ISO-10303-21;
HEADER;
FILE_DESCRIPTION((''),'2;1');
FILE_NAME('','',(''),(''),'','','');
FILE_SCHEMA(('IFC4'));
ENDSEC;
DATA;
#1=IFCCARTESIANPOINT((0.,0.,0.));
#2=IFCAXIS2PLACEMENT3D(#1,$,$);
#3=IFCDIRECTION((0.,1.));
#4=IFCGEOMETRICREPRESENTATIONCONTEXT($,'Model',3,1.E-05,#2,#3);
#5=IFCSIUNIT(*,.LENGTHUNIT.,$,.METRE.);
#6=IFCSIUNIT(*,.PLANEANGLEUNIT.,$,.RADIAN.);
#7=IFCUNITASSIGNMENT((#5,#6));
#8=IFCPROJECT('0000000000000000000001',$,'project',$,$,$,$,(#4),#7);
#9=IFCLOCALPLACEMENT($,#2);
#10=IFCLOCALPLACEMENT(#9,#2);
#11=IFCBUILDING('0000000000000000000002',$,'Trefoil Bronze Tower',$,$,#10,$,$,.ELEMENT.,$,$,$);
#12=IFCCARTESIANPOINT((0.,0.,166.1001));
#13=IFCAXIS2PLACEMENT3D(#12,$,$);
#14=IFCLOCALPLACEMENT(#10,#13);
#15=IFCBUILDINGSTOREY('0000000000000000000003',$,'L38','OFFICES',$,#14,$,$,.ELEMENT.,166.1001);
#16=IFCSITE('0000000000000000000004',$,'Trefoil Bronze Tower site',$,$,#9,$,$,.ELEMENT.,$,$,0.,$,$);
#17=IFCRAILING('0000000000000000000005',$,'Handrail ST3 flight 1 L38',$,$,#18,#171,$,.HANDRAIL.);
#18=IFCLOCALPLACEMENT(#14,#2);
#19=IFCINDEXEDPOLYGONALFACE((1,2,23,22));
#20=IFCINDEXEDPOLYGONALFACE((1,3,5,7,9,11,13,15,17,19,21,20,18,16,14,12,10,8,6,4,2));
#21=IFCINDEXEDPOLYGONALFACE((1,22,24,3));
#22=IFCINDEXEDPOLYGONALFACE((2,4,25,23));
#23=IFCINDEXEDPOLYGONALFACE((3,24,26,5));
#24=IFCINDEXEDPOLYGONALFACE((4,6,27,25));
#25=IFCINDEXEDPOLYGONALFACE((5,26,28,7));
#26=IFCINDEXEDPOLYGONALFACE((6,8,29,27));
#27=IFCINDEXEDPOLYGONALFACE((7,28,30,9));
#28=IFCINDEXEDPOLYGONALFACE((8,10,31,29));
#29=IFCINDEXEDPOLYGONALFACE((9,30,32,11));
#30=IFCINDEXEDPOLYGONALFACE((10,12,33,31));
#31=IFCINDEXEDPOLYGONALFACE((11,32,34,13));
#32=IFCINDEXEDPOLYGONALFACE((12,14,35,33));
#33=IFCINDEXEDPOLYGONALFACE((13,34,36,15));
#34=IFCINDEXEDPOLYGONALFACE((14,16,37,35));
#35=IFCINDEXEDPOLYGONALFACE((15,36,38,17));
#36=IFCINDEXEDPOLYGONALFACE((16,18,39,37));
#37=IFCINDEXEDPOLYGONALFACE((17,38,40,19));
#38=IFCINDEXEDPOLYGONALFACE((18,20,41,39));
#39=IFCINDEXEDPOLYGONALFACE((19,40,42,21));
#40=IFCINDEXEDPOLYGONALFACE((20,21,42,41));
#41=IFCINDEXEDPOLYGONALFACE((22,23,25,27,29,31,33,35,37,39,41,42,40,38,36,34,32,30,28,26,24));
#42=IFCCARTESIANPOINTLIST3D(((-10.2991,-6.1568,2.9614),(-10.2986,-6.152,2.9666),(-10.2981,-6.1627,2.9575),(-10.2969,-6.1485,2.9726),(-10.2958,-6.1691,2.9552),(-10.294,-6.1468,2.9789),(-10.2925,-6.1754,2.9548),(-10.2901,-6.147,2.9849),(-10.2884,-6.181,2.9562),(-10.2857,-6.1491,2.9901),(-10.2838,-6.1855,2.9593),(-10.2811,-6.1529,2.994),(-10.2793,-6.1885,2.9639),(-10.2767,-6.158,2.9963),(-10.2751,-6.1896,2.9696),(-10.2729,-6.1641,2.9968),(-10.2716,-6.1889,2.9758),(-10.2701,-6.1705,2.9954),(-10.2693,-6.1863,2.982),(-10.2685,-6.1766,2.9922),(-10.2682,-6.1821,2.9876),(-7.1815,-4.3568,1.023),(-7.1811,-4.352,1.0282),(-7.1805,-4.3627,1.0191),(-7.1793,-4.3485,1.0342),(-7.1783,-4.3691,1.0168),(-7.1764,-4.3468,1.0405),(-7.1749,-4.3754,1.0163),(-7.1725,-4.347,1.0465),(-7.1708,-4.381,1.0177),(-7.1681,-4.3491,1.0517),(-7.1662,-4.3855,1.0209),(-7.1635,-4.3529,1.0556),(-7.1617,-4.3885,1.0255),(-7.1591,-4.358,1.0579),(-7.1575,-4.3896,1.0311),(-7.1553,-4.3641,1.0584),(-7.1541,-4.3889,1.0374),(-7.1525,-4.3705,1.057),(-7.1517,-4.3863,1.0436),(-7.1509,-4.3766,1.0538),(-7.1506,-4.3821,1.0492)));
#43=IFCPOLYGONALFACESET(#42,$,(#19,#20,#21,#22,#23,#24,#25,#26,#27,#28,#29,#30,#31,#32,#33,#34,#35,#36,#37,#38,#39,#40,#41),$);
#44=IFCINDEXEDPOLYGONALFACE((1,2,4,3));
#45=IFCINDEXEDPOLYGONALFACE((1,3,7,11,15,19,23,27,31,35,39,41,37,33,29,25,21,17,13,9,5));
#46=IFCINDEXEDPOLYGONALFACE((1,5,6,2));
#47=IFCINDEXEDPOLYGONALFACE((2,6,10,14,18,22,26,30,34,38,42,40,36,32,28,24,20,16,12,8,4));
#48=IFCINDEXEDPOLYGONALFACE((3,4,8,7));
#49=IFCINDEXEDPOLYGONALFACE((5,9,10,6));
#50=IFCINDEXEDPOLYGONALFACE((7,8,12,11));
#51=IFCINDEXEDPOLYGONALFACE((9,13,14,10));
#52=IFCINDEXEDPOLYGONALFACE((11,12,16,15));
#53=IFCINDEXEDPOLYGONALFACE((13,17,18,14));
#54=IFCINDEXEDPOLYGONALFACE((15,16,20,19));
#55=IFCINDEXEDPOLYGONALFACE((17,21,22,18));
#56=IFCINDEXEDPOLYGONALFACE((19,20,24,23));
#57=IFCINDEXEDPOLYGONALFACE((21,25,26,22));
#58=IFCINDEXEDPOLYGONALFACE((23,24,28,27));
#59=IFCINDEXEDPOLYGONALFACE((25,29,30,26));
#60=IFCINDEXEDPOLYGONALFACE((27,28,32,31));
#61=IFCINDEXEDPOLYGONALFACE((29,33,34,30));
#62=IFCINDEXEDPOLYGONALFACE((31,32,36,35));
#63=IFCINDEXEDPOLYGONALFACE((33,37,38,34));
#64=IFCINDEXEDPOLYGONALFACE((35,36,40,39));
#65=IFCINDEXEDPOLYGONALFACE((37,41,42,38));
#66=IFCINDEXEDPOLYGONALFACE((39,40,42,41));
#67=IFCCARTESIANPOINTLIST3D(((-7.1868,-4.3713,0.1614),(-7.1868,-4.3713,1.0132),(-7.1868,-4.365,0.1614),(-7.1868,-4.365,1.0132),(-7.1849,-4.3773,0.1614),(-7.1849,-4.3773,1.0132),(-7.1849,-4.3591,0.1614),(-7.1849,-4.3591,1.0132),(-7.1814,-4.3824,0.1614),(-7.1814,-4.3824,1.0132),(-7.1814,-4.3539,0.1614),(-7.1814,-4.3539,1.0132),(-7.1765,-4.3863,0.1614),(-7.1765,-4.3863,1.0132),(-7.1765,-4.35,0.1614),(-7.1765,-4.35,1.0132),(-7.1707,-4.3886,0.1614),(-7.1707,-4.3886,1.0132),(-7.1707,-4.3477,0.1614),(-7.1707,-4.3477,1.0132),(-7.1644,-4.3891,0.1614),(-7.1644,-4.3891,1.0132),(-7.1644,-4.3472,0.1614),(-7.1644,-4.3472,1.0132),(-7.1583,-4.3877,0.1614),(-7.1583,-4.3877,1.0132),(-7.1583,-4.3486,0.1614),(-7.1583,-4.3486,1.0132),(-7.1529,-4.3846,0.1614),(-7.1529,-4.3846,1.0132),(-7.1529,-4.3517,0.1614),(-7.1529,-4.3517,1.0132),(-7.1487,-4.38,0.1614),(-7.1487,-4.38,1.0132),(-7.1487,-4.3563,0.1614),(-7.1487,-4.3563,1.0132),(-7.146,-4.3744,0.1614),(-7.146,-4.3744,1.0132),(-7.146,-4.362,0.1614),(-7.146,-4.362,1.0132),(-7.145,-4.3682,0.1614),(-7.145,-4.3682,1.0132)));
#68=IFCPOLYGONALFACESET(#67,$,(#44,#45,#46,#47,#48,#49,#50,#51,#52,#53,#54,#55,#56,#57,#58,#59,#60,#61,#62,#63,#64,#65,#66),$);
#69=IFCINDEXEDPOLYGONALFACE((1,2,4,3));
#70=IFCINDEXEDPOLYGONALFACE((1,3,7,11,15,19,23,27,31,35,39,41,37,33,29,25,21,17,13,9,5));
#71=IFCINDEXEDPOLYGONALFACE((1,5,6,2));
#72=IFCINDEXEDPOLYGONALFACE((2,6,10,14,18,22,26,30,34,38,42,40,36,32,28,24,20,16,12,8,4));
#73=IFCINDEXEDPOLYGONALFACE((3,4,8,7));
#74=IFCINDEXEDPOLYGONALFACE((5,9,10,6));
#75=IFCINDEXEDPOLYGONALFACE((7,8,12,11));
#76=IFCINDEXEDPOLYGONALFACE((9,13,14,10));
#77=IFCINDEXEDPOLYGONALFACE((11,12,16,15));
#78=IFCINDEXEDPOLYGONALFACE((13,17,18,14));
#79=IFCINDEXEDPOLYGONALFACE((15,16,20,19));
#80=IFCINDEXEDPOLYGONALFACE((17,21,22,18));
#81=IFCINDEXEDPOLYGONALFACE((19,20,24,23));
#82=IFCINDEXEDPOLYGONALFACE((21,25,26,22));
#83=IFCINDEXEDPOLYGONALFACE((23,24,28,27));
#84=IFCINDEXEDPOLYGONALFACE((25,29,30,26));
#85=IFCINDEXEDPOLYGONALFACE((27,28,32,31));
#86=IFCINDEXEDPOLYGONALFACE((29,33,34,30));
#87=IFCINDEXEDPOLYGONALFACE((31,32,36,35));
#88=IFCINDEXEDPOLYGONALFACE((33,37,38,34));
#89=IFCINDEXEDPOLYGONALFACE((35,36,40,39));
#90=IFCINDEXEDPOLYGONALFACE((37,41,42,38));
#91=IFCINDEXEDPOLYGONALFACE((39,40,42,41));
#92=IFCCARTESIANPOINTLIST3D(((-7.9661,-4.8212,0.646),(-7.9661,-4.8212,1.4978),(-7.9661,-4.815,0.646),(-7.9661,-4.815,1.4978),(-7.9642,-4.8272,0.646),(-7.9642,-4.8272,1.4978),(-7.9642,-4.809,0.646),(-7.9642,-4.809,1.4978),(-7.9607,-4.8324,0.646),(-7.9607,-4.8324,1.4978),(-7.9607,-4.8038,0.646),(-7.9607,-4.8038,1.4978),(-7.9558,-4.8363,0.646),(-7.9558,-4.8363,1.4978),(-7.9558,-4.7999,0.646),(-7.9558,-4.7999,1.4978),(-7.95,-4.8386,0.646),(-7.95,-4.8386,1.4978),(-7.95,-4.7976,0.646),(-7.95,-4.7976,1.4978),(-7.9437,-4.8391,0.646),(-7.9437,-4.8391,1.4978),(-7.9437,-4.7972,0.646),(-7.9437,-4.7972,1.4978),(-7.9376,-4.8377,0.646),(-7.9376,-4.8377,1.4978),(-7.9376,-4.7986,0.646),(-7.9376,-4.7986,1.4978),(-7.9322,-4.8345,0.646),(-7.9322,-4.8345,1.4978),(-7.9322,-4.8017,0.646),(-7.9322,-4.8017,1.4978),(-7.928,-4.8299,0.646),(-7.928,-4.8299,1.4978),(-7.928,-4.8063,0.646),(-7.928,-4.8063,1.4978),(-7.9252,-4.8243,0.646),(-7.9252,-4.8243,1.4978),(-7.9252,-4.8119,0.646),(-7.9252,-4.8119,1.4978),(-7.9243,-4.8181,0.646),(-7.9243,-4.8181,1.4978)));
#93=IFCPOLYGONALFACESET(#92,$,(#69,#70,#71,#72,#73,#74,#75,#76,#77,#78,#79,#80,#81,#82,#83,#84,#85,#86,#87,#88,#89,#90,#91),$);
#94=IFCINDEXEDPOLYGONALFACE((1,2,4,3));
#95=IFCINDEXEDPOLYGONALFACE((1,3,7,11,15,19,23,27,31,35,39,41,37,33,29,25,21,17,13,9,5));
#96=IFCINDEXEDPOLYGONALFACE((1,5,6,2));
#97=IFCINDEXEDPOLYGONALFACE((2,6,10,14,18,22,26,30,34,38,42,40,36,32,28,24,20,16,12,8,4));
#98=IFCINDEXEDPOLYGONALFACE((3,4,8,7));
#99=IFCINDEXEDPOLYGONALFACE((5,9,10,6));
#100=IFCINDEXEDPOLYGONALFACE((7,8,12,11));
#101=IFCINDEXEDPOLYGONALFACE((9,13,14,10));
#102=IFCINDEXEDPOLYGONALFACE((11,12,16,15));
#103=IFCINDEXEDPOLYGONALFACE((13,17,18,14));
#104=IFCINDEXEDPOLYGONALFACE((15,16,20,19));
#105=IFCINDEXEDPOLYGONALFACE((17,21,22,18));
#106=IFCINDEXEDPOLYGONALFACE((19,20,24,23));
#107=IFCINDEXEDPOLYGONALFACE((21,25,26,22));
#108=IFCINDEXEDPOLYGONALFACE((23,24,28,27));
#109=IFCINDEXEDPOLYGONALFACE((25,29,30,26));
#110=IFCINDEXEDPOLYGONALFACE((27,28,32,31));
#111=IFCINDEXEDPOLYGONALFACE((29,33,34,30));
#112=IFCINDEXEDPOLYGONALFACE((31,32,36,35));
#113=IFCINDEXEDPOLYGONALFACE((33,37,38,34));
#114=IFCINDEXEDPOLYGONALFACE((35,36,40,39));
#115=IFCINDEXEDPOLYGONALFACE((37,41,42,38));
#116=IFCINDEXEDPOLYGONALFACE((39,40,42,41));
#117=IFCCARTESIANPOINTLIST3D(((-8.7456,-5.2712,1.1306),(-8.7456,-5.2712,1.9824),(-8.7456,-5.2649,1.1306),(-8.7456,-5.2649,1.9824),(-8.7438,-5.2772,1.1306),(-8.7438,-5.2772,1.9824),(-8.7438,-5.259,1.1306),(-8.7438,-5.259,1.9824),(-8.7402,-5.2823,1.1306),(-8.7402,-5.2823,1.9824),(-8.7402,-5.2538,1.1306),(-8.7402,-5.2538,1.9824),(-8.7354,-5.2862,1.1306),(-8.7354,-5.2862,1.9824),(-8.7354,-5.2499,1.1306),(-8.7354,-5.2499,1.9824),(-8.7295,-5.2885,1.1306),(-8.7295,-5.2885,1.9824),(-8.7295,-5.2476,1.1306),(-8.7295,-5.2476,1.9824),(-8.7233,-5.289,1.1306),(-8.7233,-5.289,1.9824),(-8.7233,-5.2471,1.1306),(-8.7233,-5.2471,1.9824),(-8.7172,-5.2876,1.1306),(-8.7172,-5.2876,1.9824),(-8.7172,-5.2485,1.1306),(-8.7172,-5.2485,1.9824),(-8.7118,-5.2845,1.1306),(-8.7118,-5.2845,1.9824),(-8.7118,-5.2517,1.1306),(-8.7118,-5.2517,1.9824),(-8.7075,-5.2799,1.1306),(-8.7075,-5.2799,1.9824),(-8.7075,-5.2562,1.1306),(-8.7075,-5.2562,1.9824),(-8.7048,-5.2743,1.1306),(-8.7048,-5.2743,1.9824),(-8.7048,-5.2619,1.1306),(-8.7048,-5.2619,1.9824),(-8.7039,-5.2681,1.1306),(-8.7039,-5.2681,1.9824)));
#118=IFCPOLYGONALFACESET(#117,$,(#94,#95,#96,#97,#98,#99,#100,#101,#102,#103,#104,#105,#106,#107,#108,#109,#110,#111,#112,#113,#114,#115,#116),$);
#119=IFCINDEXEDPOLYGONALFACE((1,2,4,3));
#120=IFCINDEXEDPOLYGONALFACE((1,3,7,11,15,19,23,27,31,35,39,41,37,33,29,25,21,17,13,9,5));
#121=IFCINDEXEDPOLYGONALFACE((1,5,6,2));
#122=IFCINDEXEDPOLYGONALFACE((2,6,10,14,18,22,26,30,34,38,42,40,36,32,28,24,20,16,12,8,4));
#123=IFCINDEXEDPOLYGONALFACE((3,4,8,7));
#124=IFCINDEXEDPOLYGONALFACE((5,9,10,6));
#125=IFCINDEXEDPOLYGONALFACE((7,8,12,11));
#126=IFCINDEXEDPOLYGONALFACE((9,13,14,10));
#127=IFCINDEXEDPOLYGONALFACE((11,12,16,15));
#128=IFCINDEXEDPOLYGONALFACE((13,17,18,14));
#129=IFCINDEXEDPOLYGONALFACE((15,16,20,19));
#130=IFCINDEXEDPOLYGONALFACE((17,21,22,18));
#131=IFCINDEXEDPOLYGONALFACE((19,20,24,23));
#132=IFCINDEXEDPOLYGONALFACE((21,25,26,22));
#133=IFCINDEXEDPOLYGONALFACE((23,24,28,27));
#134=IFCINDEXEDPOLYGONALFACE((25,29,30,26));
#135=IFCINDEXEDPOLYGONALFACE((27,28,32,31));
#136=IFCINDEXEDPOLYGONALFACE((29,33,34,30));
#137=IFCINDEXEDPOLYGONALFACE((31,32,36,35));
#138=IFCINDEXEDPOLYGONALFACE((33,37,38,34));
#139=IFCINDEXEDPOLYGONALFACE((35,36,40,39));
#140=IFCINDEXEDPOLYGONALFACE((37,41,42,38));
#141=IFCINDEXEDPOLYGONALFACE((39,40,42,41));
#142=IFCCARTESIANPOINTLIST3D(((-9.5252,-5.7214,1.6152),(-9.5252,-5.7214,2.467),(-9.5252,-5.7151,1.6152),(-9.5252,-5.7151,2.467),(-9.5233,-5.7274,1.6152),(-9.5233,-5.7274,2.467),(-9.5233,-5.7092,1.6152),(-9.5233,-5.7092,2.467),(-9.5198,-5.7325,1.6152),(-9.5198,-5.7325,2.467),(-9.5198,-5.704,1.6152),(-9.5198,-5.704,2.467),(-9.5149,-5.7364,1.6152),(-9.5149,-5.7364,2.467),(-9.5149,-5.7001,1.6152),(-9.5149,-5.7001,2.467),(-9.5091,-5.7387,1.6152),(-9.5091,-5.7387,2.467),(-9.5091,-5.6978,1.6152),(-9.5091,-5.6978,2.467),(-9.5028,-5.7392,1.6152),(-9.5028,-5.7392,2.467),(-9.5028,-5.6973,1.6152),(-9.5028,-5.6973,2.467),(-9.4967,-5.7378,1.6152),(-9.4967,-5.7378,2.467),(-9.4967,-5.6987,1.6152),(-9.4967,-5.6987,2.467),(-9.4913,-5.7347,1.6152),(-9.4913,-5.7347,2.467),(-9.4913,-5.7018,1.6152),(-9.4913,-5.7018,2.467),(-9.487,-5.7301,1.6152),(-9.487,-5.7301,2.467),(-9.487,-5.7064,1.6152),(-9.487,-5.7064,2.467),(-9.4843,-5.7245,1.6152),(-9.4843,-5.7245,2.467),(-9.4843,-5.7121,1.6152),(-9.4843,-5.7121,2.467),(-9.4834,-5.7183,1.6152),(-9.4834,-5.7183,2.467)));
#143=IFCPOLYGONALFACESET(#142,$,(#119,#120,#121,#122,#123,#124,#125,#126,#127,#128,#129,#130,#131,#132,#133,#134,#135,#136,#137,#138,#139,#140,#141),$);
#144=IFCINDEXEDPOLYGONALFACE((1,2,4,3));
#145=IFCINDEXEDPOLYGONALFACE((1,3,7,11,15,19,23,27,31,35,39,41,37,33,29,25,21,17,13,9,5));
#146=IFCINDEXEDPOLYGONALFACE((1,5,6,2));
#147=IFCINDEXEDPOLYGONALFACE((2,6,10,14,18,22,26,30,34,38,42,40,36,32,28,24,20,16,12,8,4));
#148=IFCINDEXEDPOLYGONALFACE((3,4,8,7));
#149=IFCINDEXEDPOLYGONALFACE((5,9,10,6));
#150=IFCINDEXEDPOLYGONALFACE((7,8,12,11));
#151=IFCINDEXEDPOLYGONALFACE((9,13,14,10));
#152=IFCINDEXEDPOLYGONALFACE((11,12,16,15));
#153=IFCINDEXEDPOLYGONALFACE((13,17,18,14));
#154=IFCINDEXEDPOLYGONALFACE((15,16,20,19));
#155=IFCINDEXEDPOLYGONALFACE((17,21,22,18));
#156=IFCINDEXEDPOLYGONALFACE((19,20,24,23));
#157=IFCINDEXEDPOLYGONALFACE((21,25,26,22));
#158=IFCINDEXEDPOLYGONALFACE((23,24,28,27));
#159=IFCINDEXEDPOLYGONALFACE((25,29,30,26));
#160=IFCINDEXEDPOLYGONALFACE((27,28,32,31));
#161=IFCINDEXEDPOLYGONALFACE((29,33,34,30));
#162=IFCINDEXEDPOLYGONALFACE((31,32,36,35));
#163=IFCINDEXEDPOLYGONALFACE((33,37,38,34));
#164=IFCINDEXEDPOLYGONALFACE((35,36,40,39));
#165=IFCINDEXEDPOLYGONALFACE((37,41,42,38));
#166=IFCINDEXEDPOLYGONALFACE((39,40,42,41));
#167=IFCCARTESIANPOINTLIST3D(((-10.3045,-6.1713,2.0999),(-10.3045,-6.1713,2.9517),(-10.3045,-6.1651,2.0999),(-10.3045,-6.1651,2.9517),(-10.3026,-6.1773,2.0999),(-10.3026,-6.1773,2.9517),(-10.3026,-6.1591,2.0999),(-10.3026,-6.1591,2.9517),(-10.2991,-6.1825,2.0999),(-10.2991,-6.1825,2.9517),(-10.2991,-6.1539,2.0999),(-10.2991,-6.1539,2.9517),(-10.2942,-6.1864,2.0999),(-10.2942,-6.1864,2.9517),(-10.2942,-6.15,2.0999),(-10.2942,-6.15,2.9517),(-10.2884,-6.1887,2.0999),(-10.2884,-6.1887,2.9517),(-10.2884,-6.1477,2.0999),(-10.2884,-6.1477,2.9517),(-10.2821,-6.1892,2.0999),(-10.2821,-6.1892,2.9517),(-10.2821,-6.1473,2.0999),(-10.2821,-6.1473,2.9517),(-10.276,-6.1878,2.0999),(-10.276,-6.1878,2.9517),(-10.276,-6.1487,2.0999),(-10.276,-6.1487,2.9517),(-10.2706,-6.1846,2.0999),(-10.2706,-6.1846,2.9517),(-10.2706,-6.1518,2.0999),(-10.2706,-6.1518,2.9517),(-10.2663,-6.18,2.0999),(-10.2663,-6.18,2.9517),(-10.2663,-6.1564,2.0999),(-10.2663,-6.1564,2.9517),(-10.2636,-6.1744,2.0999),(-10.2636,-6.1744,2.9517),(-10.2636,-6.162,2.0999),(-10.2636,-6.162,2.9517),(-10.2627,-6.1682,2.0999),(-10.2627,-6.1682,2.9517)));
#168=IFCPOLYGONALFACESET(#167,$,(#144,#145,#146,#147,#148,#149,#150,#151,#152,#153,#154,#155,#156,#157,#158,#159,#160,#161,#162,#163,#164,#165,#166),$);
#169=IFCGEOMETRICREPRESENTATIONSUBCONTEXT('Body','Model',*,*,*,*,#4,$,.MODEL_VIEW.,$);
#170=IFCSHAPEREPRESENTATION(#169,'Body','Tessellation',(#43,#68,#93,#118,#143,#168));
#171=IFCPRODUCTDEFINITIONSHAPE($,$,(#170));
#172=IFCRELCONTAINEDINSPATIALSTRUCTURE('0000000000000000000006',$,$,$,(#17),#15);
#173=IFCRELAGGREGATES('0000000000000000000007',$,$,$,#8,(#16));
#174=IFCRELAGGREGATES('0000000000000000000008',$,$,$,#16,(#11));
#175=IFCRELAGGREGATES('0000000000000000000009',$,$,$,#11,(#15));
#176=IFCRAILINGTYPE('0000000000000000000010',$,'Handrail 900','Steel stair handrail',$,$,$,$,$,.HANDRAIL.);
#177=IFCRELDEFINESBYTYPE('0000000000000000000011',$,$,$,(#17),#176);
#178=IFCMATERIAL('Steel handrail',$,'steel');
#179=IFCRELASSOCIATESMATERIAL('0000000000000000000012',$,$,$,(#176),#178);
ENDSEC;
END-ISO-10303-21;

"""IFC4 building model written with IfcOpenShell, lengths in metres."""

from ifc_helpers import new_model, si_unit, direction, frame, origin, origin_2d, place, context, subcontext, project, spatial, circle, extrude, material, type_object, element, save


model = new_model("IFC4")

# Units and contexts
model_context = context("Model", 3, precision=1e-05, world=origin(), true_north=direction((0.0, 1.0)))
body_context = subcontext(model_context, "Body", "Model", "MODEL_VIEW")
ifc_project = project(units=[si_unit("LENGTHUNIT", "METRE"), si_unit("PLANEANGLEUNIT", "RADIAN")], contexts=[model_context])

# Site, building, storey
site_placement = place(None, origin())
site = spatial("IfcSite", under=ifc_project, at=site_placement, Name="Trefoil Bronze Tower site", CompositionType="ELEMENT", RefElevation=0.0)
building_placement = place(site_placement, origin())
building = spatial("IfcBuilding", under=site, at=building_placement, Name="Trefoil Bronze Tower", CompositionType="ELEMENT")
storey_placement = place(building_placement, frame((0.0, 0.0, 166.1001)))
storey = spatial("IfcBuildingStorey", under=building, at=storey_placement, Name="L38", Description="OFFICES", CompositionType="ELEMENT", Elevation=166.1001)

# Railing
ifc_material_1 = material(Name="Steel handrail", Category="steel")
railing_type = type_object("IfcRailingType", Name="Handrail 900", Description="Steel stair handrail", PredefinedType="HANDRAIL", material=ifc_material_1)
railing_1_placement = place(storey_placement, frame((-7.166, -4.3682, 0.1614)))
element("IfcRailing", 1, at=railing_1_placement, inside=storey, type_object=railing_type, Name="Handrail ST3 flight 1 L38", PredefinedType="HANDRAIL", context=body_context, shape_type="SweptSolid", body=[
    extrude(circle(Radius=0.0239, at=origin_2d()), frame((0.0, 0.0, 0.876), z_axis=(-0.762503, -0.440246, 0.474102), x_axis=(0.500012, -0.866018, 0.0)), (0.0, 0.0, 1.0), 4.0886),
    extrude(circle(Radius=0.021, at=origin_2d()), origin(), (0.0, 0.0, 1.0), 0.8518),
    extrude(circle(Radius=0.021, at=origin_2d()), frame((-0.7793, -0.45, 0.4846)), (0.0, 0.0, 1.0), 0.8518),
    extrude(circle(Radius=0.021, at=origin_2d()), frame((-1.5588, -0.8999, 0.9692)), (0.0, 0.0, 1.0), 0.8518),
    extrude(circle(Radius=0.021, at=origin_2d()), frame((-2.3384, -1.3501, 1.4539)), (0.0, 0.0, 1.0), 0.8518),
    extrude(circle(Radius=0.021, at=origin_2d()), frame((-3.1177, -1.8, 1.9385)), (0.0, 0.0, 1.0), 0.8518),
])

save(model, "model.ifc")
